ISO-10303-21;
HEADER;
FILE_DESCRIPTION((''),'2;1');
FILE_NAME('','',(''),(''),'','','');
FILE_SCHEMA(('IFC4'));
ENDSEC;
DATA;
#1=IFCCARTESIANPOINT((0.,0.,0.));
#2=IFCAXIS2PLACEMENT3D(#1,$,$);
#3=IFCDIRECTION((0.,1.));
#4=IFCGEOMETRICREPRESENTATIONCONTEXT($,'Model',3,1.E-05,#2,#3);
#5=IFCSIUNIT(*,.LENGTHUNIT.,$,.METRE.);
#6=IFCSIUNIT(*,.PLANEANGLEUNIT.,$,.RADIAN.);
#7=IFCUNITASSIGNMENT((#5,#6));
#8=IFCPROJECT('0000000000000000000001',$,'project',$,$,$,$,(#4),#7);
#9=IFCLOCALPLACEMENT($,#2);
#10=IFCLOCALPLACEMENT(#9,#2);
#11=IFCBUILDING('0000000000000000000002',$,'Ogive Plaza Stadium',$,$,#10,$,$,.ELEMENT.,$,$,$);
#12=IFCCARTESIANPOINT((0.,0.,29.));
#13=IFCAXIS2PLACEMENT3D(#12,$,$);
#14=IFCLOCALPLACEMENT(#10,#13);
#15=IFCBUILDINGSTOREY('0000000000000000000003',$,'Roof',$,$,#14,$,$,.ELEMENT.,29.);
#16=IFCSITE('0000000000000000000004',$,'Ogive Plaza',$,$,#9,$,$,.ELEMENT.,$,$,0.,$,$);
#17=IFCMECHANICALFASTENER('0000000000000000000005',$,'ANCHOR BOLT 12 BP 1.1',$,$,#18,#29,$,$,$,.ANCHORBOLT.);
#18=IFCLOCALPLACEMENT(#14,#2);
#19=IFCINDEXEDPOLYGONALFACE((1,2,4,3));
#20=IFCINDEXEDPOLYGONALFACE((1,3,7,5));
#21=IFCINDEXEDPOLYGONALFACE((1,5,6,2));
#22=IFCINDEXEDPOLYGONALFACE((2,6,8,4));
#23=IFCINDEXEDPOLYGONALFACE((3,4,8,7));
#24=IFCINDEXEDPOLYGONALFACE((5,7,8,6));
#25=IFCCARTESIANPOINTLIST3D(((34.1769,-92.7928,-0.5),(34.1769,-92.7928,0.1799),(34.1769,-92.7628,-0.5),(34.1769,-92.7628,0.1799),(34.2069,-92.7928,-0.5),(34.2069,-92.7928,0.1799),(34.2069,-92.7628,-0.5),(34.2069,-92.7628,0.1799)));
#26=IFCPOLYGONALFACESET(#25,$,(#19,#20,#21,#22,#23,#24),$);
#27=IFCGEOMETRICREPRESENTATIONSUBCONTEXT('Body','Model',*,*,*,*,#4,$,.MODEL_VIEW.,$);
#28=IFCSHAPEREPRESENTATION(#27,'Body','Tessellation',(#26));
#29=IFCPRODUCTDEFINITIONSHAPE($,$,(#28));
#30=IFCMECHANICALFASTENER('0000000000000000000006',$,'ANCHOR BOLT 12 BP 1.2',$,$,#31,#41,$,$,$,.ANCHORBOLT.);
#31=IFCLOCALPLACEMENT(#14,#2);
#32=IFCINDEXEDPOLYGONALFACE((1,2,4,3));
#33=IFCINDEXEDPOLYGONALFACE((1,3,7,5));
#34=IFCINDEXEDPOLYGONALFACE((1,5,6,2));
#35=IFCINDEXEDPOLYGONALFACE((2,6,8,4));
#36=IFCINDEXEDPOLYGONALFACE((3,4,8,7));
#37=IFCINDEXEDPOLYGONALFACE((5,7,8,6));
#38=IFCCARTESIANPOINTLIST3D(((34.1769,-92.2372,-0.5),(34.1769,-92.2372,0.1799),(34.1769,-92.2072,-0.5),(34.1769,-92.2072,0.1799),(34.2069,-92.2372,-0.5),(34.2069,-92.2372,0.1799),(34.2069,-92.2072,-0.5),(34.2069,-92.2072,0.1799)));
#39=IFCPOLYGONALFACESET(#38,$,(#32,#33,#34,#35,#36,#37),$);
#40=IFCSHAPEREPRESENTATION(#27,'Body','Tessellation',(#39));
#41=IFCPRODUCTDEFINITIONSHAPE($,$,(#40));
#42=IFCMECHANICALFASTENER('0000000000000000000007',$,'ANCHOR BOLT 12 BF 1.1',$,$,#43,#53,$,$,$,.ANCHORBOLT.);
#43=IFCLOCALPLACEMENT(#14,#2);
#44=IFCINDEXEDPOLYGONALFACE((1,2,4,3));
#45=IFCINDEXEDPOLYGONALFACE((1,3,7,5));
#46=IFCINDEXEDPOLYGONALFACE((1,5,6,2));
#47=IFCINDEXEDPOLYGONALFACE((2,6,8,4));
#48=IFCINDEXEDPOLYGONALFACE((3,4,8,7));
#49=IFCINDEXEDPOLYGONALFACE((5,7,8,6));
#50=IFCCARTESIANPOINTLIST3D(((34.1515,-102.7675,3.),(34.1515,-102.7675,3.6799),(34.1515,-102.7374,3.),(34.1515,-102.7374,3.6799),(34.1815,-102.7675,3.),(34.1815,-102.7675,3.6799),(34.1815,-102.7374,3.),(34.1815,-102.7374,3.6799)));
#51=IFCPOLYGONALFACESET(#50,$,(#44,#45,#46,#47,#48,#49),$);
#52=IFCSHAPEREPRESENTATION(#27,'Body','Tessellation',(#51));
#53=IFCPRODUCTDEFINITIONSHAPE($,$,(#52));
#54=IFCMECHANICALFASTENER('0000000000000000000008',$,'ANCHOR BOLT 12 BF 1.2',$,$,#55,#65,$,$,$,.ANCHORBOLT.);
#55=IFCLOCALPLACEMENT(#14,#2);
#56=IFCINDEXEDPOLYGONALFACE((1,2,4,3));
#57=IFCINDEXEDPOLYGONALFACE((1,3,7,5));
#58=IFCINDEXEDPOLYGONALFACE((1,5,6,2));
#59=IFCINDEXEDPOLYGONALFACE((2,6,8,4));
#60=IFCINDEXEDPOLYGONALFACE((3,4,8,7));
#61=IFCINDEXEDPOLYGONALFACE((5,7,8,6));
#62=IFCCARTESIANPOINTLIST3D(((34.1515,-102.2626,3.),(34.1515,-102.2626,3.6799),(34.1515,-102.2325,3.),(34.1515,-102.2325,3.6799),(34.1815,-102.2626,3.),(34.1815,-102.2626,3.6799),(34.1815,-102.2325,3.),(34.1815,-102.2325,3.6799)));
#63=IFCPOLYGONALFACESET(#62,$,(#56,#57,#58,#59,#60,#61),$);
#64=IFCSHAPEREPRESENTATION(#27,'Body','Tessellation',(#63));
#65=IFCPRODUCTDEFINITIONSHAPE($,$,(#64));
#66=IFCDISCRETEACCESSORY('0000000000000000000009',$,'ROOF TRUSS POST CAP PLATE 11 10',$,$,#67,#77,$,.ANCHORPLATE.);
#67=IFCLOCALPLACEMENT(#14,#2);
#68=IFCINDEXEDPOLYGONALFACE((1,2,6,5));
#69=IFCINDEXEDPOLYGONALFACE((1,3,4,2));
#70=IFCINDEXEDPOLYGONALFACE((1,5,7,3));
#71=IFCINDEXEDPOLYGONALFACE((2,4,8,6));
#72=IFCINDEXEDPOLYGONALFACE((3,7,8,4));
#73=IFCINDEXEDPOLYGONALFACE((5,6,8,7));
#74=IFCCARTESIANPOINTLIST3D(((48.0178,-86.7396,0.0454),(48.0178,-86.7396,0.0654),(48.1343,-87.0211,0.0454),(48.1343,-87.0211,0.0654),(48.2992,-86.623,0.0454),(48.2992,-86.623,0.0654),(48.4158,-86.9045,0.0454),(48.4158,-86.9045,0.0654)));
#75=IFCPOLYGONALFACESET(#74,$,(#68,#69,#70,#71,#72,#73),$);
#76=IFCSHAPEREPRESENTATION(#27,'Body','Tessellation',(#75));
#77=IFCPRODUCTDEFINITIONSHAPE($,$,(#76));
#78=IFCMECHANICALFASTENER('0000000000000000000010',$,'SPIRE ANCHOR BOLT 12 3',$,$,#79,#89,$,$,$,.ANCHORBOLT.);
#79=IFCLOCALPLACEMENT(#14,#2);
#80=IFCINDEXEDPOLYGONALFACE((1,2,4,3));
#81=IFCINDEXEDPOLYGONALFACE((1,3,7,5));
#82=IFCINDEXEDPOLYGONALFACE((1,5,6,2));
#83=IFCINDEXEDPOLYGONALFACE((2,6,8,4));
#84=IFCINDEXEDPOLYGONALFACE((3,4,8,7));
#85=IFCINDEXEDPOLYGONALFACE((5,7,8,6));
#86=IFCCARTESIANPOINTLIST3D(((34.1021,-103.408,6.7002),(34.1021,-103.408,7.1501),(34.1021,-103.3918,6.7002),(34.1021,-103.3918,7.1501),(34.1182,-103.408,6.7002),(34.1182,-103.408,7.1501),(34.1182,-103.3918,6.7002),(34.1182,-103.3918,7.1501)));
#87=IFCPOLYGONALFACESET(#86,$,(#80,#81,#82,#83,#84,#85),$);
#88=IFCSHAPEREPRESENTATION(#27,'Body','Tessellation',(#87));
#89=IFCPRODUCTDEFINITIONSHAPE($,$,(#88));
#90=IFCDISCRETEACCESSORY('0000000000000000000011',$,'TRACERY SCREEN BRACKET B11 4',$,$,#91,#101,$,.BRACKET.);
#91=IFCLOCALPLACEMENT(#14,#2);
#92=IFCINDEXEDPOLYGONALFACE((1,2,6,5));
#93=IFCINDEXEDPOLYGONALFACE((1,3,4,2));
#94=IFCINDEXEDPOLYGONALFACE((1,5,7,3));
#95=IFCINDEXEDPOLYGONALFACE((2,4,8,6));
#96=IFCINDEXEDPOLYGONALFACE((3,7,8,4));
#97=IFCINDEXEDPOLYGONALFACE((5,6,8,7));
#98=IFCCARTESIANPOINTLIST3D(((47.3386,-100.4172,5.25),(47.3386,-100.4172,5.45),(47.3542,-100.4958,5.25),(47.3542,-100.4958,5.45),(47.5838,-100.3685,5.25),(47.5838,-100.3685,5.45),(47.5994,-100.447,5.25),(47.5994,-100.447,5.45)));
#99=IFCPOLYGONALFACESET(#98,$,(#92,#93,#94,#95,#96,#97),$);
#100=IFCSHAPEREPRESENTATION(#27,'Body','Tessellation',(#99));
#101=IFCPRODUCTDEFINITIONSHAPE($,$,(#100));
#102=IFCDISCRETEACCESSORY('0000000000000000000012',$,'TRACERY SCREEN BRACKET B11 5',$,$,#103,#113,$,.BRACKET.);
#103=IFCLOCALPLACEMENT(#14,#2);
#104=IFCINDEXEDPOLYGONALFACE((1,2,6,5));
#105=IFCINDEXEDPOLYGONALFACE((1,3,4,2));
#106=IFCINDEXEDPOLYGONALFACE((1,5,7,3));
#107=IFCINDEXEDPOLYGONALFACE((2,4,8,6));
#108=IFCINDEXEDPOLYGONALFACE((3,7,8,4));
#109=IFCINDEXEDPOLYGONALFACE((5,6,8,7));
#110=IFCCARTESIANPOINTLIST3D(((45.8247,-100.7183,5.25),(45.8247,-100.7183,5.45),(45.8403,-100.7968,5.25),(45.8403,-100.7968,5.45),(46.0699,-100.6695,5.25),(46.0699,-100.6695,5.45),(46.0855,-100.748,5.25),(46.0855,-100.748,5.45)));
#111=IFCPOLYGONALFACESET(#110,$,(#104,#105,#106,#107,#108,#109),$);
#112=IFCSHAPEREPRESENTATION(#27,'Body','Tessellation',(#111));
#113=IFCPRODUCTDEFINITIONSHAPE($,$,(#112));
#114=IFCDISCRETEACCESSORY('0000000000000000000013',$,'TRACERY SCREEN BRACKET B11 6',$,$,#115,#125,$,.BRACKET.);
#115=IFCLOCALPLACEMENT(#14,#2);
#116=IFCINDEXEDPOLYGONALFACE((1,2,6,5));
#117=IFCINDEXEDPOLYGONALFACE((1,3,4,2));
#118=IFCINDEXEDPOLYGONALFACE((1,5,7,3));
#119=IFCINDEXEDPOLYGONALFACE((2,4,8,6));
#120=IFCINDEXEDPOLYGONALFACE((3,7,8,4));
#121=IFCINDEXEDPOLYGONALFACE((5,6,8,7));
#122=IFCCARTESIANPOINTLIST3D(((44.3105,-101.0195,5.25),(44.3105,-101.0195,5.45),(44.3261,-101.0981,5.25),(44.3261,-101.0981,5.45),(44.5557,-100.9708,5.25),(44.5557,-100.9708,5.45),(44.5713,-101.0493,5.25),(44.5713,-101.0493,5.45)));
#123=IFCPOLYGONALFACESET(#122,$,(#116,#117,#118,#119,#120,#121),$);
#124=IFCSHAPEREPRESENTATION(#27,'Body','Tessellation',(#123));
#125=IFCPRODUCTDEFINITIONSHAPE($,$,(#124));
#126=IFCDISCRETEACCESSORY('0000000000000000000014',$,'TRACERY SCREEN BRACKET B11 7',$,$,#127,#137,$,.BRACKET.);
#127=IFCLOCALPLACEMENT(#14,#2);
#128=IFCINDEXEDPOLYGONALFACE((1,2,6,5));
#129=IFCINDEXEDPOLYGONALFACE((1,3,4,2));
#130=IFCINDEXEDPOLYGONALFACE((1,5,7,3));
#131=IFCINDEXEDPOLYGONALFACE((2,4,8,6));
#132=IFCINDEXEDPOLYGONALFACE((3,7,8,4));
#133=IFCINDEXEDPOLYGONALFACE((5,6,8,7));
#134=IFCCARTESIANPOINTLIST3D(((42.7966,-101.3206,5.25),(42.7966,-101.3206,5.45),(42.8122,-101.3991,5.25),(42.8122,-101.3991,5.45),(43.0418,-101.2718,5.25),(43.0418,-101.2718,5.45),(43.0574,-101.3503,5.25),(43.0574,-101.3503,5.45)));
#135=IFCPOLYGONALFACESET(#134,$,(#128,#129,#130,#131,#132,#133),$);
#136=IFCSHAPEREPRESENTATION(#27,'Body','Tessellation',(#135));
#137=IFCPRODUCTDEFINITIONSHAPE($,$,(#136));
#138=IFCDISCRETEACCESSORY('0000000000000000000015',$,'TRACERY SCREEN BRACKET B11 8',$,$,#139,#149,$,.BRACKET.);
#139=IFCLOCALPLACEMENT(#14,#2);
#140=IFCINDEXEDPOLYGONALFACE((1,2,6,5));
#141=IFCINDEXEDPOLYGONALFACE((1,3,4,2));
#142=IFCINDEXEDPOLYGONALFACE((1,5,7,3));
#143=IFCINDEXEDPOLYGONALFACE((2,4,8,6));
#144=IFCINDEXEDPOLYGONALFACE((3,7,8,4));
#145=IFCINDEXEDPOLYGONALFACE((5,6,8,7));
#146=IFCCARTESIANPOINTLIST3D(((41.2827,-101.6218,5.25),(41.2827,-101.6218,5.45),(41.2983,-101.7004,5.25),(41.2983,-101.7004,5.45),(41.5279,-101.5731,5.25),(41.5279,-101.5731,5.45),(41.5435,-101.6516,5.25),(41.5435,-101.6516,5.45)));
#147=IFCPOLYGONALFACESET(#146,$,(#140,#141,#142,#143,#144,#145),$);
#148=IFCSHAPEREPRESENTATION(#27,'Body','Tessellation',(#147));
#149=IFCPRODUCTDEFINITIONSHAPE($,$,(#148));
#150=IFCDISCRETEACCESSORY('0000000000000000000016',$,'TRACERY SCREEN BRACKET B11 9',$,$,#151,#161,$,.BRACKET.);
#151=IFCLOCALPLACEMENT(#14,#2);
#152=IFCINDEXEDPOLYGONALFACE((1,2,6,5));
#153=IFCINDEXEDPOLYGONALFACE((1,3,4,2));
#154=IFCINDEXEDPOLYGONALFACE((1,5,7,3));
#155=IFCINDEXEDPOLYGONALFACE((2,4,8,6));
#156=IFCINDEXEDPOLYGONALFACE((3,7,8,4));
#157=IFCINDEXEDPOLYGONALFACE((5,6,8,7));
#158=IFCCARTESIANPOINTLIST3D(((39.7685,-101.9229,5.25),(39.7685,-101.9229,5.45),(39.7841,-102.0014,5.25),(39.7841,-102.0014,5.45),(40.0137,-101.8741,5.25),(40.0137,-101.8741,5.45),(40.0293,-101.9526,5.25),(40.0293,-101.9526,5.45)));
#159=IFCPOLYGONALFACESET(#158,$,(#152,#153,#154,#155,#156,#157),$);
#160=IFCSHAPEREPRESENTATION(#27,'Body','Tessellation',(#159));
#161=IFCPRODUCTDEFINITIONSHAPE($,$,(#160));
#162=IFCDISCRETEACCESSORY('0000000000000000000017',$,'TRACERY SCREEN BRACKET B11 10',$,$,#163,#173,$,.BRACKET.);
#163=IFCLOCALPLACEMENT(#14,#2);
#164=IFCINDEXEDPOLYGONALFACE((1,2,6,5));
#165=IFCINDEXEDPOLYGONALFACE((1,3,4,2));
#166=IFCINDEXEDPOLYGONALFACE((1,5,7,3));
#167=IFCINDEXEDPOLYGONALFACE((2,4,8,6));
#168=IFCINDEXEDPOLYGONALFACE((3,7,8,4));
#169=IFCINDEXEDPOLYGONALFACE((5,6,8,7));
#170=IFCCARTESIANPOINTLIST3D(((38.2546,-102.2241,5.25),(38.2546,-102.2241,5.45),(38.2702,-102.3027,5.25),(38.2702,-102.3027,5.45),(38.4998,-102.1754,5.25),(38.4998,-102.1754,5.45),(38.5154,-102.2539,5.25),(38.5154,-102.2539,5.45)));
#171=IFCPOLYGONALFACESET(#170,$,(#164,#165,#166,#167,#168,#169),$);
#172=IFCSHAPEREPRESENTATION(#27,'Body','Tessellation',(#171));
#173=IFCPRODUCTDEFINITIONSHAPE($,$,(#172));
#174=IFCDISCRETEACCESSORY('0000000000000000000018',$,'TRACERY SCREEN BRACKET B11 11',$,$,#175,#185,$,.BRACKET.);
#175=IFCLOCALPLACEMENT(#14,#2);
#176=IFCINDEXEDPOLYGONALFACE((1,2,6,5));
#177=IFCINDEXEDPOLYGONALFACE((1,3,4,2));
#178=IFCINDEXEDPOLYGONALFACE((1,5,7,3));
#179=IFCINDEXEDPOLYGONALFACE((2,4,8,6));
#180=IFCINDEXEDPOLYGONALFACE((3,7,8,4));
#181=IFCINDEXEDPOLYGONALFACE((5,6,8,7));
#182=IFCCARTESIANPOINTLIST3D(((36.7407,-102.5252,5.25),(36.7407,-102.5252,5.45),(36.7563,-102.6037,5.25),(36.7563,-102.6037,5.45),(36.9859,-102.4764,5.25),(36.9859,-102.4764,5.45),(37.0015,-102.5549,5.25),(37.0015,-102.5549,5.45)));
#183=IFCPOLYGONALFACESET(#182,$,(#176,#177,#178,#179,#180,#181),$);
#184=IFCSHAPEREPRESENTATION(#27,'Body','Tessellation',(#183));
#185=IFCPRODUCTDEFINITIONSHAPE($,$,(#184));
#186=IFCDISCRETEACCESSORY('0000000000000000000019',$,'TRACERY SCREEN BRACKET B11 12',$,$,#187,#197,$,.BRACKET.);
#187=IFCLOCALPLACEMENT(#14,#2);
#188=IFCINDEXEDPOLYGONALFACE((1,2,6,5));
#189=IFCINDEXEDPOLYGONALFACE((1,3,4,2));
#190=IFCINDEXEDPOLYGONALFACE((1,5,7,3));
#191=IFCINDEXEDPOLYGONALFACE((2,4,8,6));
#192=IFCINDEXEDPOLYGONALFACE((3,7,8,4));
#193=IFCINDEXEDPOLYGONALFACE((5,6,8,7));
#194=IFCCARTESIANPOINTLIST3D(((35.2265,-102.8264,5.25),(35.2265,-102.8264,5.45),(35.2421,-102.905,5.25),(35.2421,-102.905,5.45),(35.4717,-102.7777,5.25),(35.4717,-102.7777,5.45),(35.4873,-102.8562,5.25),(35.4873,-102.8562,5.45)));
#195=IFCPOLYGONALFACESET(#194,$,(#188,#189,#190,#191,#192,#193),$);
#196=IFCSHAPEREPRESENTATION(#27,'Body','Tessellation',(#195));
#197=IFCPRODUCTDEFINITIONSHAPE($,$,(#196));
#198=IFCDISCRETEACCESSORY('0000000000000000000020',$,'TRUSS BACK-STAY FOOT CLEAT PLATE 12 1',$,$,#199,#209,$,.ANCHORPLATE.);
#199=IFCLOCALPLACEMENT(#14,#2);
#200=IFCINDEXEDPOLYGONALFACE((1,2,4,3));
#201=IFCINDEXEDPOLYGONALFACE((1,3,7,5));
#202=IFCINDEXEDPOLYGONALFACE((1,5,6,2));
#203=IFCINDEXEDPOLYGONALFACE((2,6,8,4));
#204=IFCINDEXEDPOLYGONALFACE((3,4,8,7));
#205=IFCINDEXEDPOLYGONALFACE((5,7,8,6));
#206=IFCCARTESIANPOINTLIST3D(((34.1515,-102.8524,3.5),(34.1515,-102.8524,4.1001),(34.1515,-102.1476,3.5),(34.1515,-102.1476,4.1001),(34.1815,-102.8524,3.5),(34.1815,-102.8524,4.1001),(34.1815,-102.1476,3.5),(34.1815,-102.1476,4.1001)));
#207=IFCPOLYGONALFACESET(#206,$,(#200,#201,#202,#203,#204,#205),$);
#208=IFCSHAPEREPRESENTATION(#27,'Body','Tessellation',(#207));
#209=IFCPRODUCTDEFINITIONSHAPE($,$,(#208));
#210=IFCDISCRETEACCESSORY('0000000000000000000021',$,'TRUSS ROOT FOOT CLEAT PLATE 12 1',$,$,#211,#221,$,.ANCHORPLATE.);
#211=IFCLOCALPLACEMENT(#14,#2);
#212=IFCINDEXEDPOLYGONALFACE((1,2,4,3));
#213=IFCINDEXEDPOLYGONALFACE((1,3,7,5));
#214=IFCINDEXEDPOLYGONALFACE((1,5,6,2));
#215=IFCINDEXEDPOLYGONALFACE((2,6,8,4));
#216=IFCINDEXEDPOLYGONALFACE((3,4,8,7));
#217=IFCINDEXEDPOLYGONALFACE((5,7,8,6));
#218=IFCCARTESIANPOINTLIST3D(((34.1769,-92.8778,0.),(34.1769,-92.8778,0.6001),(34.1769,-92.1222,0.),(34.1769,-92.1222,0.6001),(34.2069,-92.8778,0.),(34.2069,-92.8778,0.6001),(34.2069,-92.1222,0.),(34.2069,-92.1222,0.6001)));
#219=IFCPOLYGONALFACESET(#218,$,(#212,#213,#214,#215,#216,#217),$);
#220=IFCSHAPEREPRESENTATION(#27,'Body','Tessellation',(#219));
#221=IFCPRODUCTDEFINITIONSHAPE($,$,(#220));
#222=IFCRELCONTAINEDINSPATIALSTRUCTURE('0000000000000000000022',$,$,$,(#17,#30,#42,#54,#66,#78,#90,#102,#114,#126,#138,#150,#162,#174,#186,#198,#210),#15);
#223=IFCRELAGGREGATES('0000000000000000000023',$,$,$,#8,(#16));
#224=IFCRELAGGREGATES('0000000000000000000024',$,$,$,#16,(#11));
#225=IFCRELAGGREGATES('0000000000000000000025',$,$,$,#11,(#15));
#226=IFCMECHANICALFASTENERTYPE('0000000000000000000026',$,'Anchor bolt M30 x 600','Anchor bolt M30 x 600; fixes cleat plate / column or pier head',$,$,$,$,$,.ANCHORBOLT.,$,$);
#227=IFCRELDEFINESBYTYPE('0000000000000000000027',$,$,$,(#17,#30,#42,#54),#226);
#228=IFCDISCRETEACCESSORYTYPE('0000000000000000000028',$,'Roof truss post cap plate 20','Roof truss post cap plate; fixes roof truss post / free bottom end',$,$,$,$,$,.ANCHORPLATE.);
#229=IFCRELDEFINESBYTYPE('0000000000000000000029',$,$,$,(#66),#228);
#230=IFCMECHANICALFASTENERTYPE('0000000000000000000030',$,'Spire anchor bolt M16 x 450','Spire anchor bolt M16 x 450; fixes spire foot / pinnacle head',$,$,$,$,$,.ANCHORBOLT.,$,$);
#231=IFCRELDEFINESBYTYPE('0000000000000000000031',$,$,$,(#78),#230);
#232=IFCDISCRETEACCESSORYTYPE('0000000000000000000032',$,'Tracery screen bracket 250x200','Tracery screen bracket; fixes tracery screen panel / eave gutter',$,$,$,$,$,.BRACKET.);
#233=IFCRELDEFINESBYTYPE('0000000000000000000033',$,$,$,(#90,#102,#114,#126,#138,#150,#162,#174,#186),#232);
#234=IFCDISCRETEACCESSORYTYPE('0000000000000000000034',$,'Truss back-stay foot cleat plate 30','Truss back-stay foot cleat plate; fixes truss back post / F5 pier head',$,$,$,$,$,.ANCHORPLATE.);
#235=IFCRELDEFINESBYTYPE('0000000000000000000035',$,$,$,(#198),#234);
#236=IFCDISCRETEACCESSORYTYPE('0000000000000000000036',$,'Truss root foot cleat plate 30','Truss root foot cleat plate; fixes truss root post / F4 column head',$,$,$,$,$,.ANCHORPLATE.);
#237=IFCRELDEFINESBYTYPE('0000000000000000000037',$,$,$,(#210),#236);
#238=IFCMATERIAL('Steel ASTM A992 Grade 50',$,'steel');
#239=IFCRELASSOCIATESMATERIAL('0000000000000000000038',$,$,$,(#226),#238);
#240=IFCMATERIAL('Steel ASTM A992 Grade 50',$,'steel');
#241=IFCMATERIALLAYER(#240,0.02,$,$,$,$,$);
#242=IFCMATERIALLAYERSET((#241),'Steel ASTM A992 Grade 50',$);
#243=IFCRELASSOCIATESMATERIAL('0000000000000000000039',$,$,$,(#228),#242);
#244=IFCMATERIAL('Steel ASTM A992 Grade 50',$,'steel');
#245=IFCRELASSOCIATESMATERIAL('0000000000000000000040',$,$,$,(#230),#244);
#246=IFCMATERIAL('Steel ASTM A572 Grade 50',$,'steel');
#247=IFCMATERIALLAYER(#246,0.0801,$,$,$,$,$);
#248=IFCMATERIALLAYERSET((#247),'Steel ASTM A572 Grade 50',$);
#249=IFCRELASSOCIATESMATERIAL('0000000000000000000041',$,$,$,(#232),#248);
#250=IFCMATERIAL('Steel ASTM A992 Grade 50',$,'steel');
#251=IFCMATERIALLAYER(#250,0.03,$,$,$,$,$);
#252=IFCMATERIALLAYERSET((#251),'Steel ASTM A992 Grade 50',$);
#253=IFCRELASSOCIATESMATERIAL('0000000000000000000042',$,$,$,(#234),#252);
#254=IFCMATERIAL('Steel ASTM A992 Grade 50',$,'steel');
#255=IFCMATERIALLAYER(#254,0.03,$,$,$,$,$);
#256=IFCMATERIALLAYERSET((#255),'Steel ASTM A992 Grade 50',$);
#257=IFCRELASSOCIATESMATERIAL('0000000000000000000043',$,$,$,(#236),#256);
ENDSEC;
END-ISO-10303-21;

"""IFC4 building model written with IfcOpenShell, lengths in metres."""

from ifc_helpers import new_model, si_unit, direction, frame, origin, origin_2d, place, context, subcontext, project, spatial, rectangle, extrude, material, layer, layer_set, type_object, element, save


model = new_model("IFC4")

# Units and contexts
model_context = context("Model", 3, precision=1e-05, world=origin(), true_north=direction((0.0, 1.0)))
body_context = subcontext(model_context, "Body", "Model", "MODEL_VIEW")
ifc_project = project(units=[si_unit("LENGTHUNIT", "METRE"), si_unit("PLANEANGLEUNIT", "RADIAN")], contexts=[model_context])

# Site, building, storey
site_placement = place(None, origin())
site = spatial("IfcSite", under=ifc_project, at=site_placement, Name="Ogive Plaza", CompositionType="ELEMENT", RefElevation=0.0)
building_placement = place(site_placement, origin())
building = spatial("IfcBuilding", under=site, at=building_placement, Name="Ogive Plaza Stadium", CompositionType="ELEMENT")
storey_placement = place(building_placement, frame((0.0, 0.0, 29.0)))
storey = spatial("IfcBuildingStorey", under=building, at=storey_placement, Name="Roof", CompositionType="ELEMENT", Elevation=29.0)

# Mechanical fasteners
ifc_material_1 = material(Name="Steel ASTM A992 Grade 50", Category="steel")
mechanical_fastener_type_1 = type_object("IfcMechanicalFastenerType", Name="Anchor bolt M30 x 600", Description="Anchor bolt M30 x 600; fixes cleat plate / column or pier head", PredefinedType="ANCHORBOLT", material=ifc_material_1)
for number, where, z_axis, x_axis, name in (
    (1, (34.1919, -92.7778, -0.5), (0.0, 0.0, 1.0), (0.0, -1.0, 0.0), "ANCHOR BOLT 12 BP 1.1"),
    (2, (34.1919, -92.2222, -0.5), (0.0, 0.0, 1.0), (0.0, -1.0, 0.0), "ANCHOR BOLT 12 BP 1.2"),
    (3, (34.1665, -102.7524, 3.0), (0.0, 0.0, 1.0), (0.0, -1.0, 0.0), "ANCHOR BOLT 12 BF 1.1"),
    (4, (34.1665, -102.2476, 3.0), (0.0, 0.0, 1.0), (0.0, -1.0, 0.0), "ANCHOR BOLT 12 BF 1.2"),
):
    element("IfcMechanicalFastener", number, at=place(storey_placement, frame(where, z_axis=z_axis, x_axis=x_axis)), inside=storey, type_object=mechanical_fastener_type_1, Name=name, PredefinedType="ANCHORBOLT", context=body_context, shape_type="SweptSolid", body=[
        extrude(rectangle(XDim=0.03, YDim=0.03, at=origin_2d()), origin(), (0.0, 0.0, 1.0), 0.6799),
    ])

# Discrete accessory
ifc_material_2 = material(Name="Steel ASTM A992 Grade 50", Category="steel")
ifc_layer_1 = layer(ifc_material_2, 0.02)
ifc_layer_set_1 = layer_set([ifc_layer_1], Name="Steel ASTM A992 Grade 50")
discrete_accessory_type_1 = type_object("IfcDiscreteAccessoryType", Name="Roof truss post cap plate 20", Description="Roof truss post cap plate; fixes roof truss post / free bottom end", PredefinedType="ANCHORPLATE", material=ifc_layer_set_1)
discrete_accessory_1_placement = place(storey_placement, frame((48.2168, -86.822, 0.0454), z_axis=(0.0, 0.0, 1.0), x_axis=(0.382683, -0.92388, 0.0)))
element("IfcDiscreteAccessory", 5, at=discrete_accessory_1_placement, inside=storey, type_object=discrete_accessory_type_1, Name="ROOF TRUSS POST CAP PLATE 11 10", PredefinedType="ANCHORPLATE", context=body_context, shape_type="SweptSolid", body=[
    extrude(rectangle(XDim=0.3047, YDim=0.3047, at=origin_2d()), origin(), (0.0, 0.0, 1.0), 0.02),
])

# Mechanical fastener
ifc_material_3 = material(Name="Steel ASTM A992 Grade 50", Category="steel")
mechanical_fastener_type_2 = type_object("IfcMechanicalFastenerType", Name="Spire anchor bolt M16 x 450", Description="Spire anchor bolt M16 x 450; fixes spire foot / pinnacle head", PredefinedType="ANCHORBOLT", material=ifc_material_3)
mechanical_fastener_placement = place(storey_placement, frame((34.1101, -103.3999, 6.7002), z_axis=(0.0, 0.0, 1.0), x_axis=(0.0, -1.0, 0.0)))
element("IfcMechanicalFastener", 6, at=mechanical_fastener_placement, inside=storey, type_object=mechanical_fastener_type_2, Name="SPIRE ANCHOR BOLT 12 3", PredefinedType="ANCHORBOLT", context=body_context, shape_type="SweptSolid", body=[
    extrude(rectangle(XDim=0.0161, YDim=0.0161, at=origin_2d()), origin(), (0.0, 0.0, 1.0), 0.45),
])

# Discrete accessories
ifc_material_4 = material(Name="Steel ASTM A572 Grade 50", Category="steel")
ifc_layer_2 = layer(ifc_material_4, 0.0801)
ifc_layer_set_2 = layer_set([ifc_layer_2], Name="Steel ASTM A572 Grade 50")
discrete_accessory_type_2 = type_object("IfcDiscreteAccessoryType", Name="Tracery screen bracket 250x200", Description="Tracery screen bracket; fixes tracery screen panel / eave gutter", PredefinedType="BRACKET", material=ifc_layer_set_2)
for number, where, z_axis, x_axis, name in (
    (7, (47.469, -100.4321, 5.25), (0.0, 0.0, 1.0), (-0.980785, -0.19509, 0.0), "TRACERY SCREEN BRACKET B11 4"),
    (8, (45.9551, -100.7332, 5.25), (0.0, 0.0, 1.0), (-0.980785, -0.19509, 0.0), "TRACERY SCREEN BRACKET B11 5"),
    (9, (44.4409, -101.0344, 5.25), (0.0, 0.0, 1.0), (-0.980785, -0.19509, 0.0), "TRACERY SCREEN BRACKET B11 6"),
    (10, (42.927, -101.3354, 5.25), (0.0, 0.0, 1.0), (-0.980785, -0.19509, 0.0), "TRACERY SCREEN BRACKET B11 7"),
    (11, (41.4131, -101.6367, 5.25), (0.0, 0.0, 1.0), (-0.980785, -0.19509, 0.0), "TRACERY SCREEN BRACKET B11 8"),
    (12, (39.8989, -101.9377, 5.25), (0.0, 0.0, 1.0), (-0.980785, -0.19509, 0.0), "TRACERY SCREEN BRACKET B11 9"),
    (13, (38.385, -102.239, 5.25), (0.0, 0.0, 1.0), (-0.980785, -0.19509, 0.0), "TRACERY SCREEN BRACKET B11 10"),
    (14, (36.8711, -102.54, 5.25), (0.0, 0.0, 1.0), (-0.980785, -0.19509, 0.0), "TRACERY SCREEN BRACKET B11 11"),
    (15, (35.3569, -102.8413, 5.25), (0.0, 0.0, 1.0), (-0.980785, -0.19509, 0.0), "TRACERY SCREEN BRACKET B11 12"),
):
    element("IfcDiscreteAccessory", number, at=place(storey_placement, frame(where, z_axis=z_axis, x_axis=x_axis)), inside=storey, type_object=discrete_accessory_type_2, Name=name, PredefinedType="BRACKET", context=body_context, shape_type="SweptSolid", body=[
        extrude(rectangle(XDim=0.25, YDim=0.0801, at=origin_2d()), origin(), (0.0, 0.0, 1.0), 0.2),
    ])
ifc_material_5 = material(Name="Steel ASTM A992 Grade 50", Category="steel")
ifc_layer_3 = layer(ifc_material_5, 0.03)
ifc_layer_set_3 = layer_set([ifc_layer_3], Name="Steel ASTM A992 Grade 50")
discrete_accessory_type_3 = type_object("IfcDiscreteAccessoryType", Name="Truss back-stay foot cleat plate 30", Description="Truss back-stay foot cleat plate; fixes truss back post / F5 pier head", PredefinedType="ANCHORPLATE", material=ifc_layer_set_3)
discrete_accessory_2_placement = place(storey_placement, frame((34.1665, -102.5, 3.5), z_axis=(0.0, 0.0, 1.0), x_axis=(0.0, -1.0, 0.0)))
element("IfcDiscreteAccessory", 16, at=discrete_accessory_2_placement, inside=storey, type_object=discrete_accessory_type_3, Name="TRUSS BACK-STAY FOOT CLEAT PLATE 12 1", PredefinedType="ANCHORPLATE", context=body_context, shape_type="SweptSolid", body=[
    extrude(rectangle(XDim=0.7048, YDim=0.03, at=origin_2d()), origin(), (0.0, 0.0, 1.0), 0.6001),
])
ifc_material_6 = material(Name="Steel ASTM A992 Grade 50", Category="steel")
ifc_layer_4 = layer(ifc_material_6, 0.03)
ifc_layer_set_4 = layer_set([ifc_layer_4], Name="Steel ASTM A992 Grade 50")
discrete_accessory_type_4 = type_object("IfcDiscreteAccessoryType", Name="Truss root foot cleat plate 30", Description="Truss root foot cleat plate; fixes truss root post / F4 column head", PredefinedType="ANCHORPLATE", material=ifc_layer_set_4)
discrete_accessory_3_placement = place(storey_placement, frame((34.1919, -92.5, 0.0), z_axis=(0.0, 0.0, 1.0), x_axis=(0.0, -1.0, 0.0)))
element("IfcDiscreteAccessory", 17, at=discrete_accessory_3_placement, inside=storey, type_object=discrete_accessory_type_4, Name="TRUSS ROOT FOOT CLEAT PLATE 12 1", PredefinedType="ANCHORPLATE", context=body_context, shape_type="SweptSolid", body=[
    extrude(rectangle(XDim=0.7556, YDim=0.03, at=origin_2d()), origin(), (0.0, 0.0, 1.0), 0.6001),
])

save(model, "model.ifc")
